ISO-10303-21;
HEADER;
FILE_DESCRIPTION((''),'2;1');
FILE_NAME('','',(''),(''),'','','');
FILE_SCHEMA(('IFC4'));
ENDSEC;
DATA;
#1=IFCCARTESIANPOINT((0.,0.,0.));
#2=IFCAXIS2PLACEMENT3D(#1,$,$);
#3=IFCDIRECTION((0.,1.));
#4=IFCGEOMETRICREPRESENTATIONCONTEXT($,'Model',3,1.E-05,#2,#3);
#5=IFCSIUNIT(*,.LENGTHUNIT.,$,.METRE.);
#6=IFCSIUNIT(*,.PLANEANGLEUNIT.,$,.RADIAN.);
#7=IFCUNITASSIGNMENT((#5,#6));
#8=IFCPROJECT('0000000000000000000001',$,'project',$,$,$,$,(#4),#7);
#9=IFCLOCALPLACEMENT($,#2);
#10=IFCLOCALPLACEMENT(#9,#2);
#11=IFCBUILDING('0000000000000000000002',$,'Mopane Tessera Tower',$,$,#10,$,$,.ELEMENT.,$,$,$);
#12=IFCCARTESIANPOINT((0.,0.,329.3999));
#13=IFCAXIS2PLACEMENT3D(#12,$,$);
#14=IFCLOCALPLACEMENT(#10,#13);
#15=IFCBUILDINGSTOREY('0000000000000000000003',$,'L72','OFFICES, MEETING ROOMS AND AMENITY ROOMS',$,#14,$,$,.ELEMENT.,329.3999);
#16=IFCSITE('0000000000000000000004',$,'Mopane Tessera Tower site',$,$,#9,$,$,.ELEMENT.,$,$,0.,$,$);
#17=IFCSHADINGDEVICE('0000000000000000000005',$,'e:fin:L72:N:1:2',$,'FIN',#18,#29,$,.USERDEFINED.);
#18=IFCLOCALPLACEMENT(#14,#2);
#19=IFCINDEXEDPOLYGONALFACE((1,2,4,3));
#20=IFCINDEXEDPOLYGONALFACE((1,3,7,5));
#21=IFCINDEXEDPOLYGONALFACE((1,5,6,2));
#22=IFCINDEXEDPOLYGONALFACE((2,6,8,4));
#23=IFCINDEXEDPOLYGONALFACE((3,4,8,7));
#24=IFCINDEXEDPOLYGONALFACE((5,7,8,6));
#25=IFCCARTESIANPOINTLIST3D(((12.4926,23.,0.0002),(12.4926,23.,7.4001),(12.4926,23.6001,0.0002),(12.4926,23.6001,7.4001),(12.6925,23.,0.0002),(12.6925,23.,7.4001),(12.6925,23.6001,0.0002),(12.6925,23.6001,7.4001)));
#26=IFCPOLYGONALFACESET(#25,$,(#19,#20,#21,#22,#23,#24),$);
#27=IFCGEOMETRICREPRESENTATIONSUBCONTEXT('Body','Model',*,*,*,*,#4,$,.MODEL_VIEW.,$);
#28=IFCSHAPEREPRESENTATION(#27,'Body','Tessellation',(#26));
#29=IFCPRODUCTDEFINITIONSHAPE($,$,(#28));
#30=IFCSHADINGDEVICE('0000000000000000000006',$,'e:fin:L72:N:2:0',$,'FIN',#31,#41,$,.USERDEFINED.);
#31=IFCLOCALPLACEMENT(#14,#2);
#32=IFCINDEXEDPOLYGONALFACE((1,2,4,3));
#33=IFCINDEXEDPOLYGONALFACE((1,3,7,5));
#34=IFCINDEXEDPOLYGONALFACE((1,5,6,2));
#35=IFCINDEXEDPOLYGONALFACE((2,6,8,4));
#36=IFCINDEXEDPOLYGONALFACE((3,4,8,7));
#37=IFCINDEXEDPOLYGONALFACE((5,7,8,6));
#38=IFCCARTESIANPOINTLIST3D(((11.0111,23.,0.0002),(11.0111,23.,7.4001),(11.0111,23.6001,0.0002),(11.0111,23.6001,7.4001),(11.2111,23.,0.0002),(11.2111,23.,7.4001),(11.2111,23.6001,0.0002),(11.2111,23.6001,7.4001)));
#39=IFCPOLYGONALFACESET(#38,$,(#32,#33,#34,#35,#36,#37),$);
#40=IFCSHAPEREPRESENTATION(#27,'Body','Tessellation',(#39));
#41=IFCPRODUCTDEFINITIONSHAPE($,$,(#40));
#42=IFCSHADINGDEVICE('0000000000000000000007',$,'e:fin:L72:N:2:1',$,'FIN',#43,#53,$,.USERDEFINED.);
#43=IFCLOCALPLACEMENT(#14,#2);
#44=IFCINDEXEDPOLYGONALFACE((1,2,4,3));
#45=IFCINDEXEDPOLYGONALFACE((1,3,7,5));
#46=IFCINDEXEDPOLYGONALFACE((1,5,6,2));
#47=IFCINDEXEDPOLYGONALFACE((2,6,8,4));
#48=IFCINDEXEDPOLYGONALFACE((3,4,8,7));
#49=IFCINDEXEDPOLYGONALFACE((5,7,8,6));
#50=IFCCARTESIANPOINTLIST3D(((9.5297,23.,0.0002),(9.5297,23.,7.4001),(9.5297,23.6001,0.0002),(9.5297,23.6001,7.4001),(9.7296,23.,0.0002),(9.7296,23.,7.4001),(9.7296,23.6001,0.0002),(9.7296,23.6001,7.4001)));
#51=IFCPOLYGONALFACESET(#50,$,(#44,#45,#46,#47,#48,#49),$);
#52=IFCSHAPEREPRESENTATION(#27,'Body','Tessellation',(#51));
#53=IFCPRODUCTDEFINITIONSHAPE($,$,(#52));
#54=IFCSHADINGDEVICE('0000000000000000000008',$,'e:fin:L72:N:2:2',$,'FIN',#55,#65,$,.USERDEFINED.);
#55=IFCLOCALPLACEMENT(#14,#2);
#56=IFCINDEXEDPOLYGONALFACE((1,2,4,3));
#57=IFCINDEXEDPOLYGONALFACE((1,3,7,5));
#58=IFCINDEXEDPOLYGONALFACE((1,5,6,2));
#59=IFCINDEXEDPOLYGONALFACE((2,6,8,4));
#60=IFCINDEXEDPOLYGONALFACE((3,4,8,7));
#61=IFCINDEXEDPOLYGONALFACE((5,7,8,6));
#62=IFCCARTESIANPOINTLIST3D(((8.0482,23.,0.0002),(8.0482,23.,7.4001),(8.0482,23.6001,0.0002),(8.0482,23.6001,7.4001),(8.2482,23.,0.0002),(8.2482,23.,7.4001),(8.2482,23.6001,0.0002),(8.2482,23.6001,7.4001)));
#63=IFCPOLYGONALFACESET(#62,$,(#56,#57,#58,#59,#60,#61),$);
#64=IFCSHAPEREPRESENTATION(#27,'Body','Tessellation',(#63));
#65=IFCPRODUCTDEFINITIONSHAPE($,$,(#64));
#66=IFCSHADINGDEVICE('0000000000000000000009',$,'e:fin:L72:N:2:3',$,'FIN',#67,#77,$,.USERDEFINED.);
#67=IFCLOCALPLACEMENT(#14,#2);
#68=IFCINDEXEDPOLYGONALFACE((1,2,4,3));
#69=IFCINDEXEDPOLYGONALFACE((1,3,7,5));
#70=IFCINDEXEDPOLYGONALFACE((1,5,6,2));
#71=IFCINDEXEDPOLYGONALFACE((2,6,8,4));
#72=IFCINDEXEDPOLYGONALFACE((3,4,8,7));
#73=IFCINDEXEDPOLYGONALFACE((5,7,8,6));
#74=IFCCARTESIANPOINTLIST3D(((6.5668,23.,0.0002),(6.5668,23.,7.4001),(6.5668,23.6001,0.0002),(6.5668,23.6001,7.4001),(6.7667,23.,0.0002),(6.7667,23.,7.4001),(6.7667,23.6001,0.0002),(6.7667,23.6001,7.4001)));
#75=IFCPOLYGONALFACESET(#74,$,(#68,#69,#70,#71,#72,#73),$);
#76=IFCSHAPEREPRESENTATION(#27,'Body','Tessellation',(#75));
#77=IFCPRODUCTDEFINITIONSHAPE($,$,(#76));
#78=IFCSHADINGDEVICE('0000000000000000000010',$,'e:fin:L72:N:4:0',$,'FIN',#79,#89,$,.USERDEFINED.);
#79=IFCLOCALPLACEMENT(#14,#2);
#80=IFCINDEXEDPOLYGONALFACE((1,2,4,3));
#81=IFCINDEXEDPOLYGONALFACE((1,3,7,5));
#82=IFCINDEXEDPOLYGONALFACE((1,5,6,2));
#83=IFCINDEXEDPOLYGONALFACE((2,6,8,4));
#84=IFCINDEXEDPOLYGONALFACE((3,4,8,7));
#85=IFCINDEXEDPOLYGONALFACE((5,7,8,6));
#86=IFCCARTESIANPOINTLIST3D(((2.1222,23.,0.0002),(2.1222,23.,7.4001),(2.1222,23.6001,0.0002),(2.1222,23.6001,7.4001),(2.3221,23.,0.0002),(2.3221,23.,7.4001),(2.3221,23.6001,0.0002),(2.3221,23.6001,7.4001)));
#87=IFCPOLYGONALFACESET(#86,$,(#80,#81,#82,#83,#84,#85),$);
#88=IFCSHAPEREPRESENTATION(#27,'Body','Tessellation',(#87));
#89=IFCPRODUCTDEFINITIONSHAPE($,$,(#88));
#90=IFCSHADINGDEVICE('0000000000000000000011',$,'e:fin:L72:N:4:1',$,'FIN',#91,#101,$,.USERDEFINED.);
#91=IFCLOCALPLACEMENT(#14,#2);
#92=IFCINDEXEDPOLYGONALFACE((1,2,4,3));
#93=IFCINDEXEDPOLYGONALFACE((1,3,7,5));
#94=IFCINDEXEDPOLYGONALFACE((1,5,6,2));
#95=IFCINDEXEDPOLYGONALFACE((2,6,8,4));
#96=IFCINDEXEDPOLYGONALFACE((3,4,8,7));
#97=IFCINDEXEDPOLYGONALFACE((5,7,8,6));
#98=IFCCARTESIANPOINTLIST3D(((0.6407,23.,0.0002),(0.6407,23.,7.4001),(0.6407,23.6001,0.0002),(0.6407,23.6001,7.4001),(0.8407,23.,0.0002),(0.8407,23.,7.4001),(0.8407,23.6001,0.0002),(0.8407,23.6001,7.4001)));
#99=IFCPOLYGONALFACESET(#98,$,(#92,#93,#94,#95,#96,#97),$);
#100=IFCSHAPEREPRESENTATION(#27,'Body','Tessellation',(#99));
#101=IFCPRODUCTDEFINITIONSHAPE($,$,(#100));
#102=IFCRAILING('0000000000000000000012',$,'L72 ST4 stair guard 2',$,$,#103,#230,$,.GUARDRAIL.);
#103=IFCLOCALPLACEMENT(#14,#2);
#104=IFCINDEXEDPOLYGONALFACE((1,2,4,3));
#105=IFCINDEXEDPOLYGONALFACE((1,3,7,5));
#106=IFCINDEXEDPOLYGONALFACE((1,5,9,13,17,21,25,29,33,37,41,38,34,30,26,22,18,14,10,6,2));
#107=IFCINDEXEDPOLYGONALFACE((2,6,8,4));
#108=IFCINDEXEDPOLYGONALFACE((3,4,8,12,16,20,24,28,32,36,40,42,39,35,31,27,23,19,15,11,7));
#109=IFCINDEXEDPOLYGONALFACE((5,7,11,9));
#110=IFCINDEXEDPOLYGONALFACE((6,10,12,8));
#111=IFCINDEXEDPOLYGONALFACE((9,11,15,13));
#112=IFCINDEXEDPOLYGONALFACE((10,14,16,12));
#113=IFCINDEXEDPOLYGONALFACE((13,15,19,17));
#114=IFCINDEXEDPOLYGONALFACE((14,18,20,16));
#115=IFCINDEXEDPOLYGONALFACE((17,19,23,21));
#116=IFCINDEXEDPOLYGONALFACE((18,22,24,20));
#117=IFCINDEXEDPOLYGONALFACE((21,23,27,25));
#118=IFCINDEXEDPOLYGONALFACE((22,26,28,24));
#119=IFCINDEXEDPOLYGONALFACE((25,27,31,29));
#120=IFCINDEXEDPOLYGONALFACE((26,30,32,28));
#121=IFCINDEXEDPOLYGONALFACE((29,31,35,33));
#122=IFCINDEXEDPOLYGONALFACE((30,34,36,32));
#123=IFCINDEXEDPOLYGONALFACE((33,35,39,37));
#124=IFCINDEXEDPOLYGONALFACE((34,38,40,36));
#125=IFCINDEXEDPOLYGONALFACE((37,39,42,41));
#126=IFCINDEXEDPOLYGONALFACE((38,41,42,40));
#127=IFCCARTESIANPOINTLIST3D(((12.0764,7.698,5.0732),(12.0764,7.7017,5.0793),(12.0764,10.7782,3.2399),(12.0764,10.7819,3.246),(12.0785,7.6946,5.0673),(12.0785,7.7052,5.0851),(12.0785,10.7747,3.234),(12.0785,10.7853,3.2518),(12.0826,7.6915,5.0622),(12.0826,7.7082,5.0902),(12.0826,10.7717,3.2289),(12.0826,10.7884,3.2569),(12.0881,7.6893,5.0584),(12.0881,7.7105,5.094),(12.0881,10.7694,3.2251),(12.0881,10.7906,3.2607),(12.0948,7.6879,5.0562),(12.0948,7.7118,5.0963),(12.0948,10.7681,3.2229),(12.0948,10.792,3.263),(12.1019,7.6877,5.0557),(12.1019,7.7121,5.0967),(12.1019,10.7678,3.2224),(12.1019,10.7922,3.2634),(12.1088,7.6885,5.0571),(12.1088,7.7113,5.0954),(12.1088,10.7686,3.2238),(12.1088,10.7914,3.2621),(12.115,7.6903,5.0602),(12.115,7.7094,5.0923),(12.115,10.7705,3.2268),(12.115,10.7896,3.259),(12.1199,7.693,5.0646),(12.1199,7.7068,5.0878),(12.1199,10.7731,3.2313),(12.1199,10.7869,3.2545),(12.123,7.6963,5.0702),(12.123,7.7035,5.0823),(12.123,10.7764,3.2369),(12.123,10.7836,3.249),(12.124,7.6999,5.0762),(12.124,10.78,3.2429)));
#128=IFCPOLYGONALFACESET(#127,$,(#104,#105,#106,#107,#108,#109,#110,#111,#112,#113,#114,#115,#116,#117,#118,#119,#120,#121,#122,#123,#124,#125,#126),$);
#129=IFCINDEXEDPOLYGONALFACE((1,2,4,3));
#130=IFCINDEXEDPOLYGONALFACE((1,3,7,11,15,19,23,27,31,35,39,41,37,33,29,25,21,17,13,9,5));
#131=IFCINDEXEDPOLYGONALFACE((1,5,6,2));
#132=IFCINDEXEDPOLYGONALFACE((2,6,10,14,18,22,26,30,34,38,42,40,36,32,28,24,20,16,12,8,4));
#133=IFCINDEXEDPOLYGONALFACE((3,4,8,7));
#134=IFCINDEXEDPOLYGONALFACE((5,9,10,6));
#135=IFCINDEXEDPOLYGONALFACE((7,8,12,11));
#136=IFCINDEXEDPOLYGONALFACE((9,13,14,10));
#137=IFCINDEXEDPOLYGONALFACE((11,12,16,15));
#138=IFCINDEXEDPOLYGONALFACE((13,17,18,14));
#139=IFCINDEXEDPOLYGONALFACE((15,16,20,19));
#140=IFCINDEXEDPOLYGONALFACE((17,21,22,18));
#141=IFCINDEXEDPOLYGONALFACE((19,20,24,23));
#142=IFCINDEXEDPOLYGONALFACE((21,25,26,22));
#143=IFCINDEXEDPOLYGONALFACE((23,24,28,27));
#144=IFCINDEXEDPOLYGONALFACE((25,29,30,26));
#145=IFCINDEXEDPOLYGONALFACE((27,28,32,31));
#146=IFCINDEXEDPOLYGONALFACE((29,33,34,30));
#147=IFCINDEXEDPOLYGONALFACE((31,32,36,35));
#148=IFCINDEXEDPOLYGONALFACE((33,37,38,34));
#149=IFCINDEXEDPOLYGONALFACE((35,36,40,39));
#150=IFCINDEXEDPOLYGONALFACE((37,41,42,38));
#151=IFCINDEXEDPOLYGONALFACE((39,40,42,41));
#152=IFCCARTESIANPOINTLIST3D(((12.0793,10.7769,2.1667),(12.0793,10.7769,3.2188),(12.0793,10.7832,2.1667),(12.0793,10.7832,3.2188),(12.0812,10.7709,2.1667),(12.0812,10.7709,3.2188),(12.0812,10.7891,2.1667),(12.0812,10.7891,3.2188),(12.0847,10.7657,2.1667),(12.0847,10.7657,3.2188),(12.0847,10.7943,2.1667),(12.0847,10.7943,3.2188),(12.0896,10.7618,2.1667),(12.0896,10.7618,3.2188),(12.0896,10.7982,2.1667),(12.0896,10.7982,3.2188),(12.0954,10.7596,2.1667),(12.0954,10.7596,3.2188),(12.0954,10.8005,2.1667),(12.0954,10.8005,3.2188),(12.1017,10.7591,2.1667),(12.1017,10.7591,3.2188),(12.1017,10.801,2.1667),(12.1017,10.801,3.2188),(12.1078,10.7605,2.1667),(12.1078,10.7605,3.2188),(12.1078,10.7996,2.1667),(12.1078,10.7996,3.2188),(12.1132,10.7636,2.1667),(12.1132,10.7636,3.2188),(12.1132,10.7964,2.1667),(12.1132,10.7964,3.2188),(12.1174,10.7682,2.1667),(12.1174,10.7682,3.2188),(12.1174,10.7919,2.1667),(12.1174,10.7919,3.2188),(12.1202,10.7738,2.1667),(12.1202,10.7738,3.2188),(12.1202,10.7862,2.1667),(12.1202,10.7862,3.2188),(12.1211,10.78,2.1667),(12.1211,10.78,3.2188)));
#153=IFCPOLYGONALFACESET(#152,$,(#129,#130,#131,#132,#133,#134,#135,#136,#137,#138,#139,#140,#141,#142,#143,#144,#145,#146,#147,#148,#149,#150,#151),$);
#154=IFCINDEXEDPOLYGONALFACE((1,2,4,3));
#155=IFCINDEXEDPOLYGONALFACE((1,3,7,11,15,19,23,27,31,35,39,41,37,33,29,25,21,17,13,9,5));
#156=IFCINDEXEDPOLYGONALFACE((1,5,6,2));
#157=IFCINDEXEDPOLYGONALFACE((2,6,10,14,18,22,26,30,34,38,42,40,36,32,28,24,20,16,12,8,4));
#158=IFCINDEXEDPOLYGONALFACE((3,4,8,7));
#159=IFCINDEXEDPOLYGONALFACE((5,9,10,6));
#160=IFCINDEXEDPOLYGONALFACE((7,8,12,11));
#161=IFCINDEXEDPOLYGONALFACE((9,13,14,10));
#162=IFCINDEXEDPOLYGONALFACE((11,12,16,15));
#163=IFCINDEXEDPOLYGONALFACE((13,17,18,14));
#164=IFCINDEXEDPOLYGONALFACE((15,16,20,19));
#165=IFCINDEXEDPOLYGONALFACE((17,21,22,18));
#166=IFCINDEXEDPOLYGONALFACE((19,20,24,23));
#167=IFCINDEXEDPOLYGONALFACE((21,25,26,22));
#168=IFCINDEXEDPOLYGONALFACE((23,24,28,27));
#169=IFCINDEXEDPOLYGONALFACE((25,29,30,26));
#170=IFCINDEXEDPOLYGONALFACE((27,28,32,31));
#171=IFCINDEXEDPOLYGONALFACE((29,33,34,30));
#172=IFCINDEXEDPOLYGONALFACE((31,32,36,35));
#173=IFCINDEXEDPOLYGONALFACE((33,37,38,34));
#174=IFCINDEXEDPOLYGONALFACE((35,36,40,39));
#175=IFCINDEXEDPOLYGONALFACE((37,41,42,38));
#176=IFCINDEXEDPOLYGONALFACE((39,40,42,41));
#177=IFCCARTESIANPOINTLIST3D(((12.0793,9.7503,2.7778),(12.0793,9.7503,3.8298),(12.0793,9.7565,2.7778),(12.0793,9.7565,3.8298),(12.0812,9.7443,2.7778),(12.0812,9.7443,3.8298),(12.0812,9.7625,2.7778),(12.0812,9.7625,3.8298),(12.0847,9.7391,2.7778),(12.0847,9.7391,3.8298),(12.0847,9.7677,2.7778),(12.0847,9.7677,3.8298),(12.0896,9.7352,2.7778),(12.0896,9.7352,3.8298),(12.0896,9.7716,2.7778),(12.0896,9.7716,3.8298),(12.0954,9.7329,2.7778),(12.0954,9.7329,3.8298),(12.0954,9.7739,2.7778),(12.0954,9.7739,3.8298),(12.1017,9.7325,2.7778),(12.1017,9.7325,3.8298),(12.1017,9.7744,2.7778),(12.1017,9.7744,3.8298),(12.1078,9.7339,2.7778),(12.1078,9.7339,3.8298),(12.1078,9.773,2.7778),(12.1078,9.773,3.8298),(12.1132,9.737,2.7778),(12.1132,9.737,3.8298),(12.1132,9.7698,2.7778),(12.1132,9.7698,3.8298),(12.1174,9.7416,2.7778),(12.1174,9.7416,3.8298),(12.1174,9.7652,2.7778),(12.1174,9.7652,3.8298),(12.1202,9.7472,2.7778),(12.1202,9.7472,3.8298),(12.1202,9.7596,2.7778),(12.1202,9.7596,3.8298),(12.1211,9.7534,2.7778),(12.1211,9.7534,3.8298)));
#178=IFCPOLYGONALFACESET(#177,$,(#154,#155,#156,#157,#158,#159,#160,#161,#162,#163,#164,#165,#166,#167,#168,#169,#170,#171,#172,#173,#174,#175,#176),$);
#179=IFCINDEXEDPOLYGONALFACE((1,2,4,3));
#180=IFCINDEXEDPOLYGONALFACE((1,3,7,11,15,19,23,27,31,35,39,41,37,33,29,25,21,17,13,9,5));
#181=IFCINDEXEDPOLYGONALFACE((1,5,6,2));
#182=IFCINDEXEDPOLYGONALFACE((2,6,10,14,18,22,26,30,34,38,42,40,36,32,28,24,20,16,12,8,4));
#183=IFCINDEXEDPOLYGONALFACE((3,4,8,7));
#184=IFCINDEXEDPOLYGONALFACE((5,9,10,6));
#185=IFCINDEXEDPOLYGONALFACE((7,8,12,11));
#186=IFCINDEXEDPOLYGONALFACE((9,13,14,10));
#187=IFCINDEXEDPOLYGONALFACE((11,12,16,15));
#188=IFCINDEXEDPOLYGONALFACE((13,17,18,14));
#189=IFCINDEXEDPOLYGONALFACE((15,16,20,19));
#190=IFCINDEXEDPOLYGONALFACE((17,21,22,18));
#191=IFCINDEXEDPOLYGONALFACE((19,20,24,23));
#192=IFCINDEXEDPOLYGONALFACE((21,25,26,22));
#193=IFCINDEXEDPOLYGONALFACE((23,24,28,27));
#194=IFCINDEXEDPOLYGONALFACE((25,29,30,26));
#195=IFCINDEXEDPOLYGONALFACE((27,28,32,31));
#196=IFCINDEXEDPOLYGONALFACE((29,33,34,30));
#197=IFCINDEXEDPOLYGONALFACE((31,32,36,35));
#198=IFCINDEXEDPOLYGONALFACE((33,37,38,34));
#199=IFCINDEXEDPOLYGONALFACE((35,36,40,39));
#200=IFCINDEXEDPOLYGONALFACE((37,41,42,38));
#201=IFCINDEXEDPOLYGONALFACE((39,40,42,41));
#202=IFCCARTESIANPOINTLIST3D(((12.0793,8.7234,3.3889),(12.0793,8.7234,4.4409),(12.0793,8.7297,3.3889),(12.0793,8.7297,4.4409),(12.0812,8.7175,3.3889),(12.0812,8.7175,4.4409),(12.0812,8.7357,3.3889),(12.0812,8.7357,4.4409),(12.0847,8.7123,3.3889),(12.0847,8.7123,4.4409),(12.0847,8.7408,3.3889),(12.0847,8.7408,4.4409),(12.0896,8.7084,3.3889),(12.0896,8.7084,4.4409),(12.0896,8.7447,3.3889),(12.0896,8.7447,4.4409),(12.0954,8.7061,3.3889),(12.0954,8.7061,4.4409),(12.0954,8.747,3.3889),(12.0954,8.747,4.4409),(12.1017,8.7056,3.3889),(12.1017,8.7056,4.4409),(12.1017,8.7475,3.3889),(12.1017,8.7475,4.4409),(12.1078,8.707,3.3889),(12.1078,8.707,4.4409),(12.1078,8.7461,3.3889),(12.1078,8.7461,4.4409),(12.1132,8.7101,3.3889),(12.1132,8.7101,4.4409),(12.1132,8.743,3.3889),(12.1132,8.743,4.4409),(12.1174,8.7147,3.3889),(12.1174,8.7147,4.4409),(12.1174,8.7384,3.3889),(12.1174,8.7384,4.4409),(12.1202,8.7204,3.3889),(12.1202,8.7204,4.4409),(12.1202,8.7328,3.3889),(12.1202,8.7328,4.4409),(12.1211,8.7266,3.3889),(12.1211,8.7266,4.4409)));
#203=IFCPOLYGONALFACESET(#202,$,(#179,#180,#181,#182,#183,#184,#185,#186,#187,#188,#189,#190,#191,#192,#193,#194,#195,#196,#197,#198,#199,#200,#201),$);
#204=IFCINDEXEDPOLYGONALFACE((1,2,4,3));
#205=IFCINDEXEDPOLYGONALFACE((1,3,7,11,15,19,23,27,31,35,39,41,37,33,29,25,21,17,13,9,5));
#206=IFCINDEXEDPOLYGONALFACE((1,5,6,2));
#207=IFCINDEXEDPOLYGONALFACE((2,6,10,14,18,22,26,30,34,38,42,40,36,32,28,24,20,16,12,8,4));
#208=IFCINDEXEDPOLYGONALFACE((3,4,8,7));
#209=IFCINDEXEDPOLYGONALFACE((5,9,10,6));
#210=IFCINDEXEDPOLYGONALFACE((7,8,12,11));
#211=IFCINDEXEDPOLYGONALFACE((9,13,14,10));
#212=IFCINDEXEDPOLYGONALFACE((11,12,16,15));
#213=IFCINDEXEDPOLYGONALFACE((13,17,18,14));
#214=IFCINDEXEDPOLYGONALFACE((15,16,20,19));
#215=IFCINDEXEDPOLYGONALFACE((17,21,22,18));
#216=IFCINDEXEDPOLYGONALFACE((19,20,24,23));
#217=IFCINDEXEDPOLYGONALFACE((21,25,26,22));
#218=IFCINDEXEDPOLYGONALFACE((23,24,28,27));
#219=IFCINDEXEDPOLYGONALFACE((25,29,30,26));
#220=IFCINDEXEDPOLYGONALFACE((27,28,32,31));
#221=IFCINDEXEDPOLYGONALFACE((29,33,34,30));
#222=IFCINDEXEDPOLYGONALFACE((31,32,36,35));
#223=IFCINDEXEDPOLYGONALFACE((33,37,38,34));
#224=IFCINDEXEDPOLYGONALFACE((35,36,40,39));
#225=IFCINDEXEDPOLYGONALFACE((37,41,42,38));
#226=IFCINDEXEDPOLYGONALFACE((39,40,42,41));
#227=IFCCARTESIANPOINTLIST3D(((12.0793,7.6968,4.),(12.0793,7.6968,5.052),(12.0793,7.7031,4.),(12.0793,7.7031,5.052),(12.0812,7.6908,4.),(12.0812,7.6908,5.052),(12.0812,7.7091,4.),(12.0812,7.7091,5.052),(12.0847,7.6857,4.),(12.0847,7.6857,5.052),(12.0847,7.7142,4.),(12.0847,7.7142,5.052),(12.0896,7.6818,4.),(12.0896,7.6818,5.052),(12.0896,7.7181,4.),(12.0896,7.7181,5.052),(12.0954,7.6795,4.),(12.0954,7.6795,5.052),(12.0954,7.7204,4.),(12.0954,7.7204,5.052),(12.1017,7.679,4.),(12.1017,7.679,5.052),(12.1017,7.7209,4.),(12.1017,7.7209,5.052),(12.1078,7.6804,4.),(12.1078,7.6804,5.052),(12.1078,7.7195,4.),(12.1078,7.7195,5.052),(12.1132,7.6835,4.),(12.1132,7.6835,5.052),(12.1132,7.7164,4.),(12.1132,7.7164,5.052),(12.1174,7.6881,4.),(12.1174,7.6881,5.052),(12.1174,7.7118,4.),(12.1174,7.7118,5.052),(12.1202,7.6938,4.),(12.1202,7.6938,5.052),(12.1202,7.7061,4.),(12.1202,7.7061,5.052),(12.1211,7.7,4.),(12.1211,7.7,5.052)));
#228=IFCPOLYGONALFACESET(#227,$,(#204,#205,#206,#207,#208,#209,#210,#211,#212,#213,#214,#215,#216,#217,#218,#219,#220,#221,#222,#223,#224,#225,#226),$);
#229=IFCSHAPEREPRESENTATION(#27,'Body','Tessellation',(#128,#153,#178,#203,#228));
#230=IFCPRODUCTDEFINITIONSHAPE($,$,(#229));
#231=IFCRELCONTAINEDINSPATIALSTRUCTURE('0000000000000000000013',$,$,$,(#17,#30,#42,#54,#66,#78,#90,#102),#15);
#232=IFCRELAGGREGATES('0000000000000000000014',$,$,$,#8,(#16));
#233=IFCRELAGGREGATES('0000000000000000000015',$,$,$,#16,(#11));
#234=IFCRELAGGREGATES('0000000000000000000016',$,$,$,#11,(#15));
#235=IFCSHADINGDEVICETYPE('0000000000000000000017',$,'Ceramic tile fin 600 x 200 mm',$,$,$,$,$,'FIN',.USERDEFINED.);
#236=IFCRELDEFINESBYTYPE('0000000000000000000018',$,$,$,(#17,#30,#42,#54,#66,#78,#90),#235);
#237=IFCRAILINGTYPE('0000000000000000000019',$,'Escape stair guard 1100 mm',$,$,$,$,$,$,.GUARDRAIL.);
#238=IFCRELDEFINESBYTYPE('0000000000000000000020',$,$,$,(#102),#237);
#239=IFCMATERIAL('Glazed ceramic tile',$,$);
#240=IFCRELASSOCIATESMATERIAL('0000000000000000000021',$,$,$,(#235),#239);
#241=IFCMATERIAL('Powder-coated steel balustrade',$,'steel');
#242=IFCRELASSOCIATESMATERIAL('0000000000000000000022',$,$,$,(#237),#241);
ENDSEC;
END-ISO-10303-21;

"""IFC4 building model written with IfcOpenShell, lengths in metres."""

from ifc_helpers import new_model, si_unit, direction, frame, origin, origin_2d, place, context, subcontext, project, spatial, rectangle, circle, extrude, material, type_object, element, save


model = new_model("IFC4")

# Units and contexts
model_context = context("Model", 3, precision=1e-05, world=origin(), true_north=direction((0.0, 1.0)))
body_context = subcontext(model_context, "Body", "Model", "MODEL_VIEW")
ifc_project = project(units=[si_unit("LENGTHUNIT", "METRE"), si_unit("PLANEANGLEUNIT", "RADIAN")], contexts=[model_context])

# Site, building, storey
site_placement = place(None, origin())
site = spatial("IfcSite", under=ifc_project, at=site_placement, Name="Mopane Tessera Tower site", CompositionType="ELEMENT", RefElevation=0.0)
building_placement = place(site_placement, origin())
building = spatial("IfcBuilding", under=site, at=building_placement, Name="Mopane Tessera Tower", CompositionType="ELEMENT")
storey_placement = place(building_placement, frame((0.0, 0.0, 329.3999)))
storey = spatial("IfcBuildingStorey", under=building, at=storey_placement, Name="L72", Description="OFFICES, MEETING ROOMS AND AMENITY ROOMS", CompositionType="ELEMENT", Elevation=329.3999)

# Shading devices
ifc_material_1 = material(Name="Glazed ceramic tile")
shading_device_type = type_object("IfcShadingDeviceType", Name="Ceramic tile fin 600 x 200 mm", ElementType="FIN", PredefinedType="USERDEFINED", material=ifc_material_1)
for number, where, z_axis, x_axis, name in (
    (1, (12.5925, 23.3, 0.0002), (0.0, 0.0, 1.0), (-1.0, 0.0, 0.0), "e:fin:L72:N:1:2"),
    (2, (11.1111, 23.3, 0.0002), (0.0, 0.0, 1.0), (-1.0, 0.0, 0.0), "e:fin:L72:N:2:0"),
    (3, (9.6296, 23.3, 0.0002), (0.0, 0.0, 1.0), (-1.0, 0.0, 0.0), "e:fin:L72:N:2:1"),
    (4, (8.1482, 23.3, 0.0002), (0.0, 0.0, 1.0), (-1.0, 0.0, 0.0), "e:fin:L72:N:2:2"),
    (5, (6.6667, 23.3, 0.0002), (0.0, 0.0, 1.0), (-1.0, 0.0, 0.0), "e:fin:L72:N:2:3"),
    (6, (2.2222, 23.3, 0.0002), (0.0, 0.0, 1.0), (-1.0, 0.0, 0.0), "e:fin:L72:N:4:0"),
    (7, (0.7407, 23.3, 0.0002), (0.0, 0.0, 1.0), (-1.0, 0.0, 0.0), "e:fin:L72:N:4:1"),
):
    element("IfcShadingDevice", number, at=place(storey_placement, frame(where, z_axis=z_axis, x_axis=x_axis)), inside=storey, type_object=shading_device_type, Name=name, ObjectType="FIN", PredefinedType="USERDEFINED", context=body_context, shape_type="SweptSolid", body=[
        extrude(rectangle(XDim=0.2, YDim=0.6001, at=origin_2d()), origin(), (0.0, 0.0, 1.0), 7.3999),
    ])

# Railing
ifc_material_2 = material(Name="Powder-coated steel balustrade", Category="steel")
railing_type_1 = type_object("IfcRailingType", Name="Escape stair guard 1100 mm", PredefinedType="GUARDRAIL", material=ifc_material_2)
railing_1_placement = place(storey_placement, frame((12.1001, 10.78, 2.1667)))
element("IfcRailing", 8, at=railing_1_placement, inside=storey, type_object=railing_type_1, Name="L72 ST4 stair guard 2", PredefinedType="GUARDRAIL", context=body_context, shape_type="SweptSolid", body=[
    extrude(circle(Radius=0.0239, at=origin_2d()), frame((0.0, 0.0, 1.0762), z_axis=(0.0, -0.859309, 0.511458), x_axis=(1.0, 0.0, 0.0)), (0.0, 0.0, 1.0), 3.5845),
    extrude(circle(Radius=0.021, at=origin_2d()), origin(), (0.0, 0.0, 1.0), 1.052),
    extrude(circle(Radius=0.021, at=origin_2d()), frame((0.0, -1.0266, 0.6111)), (0.0, 0.0, 1.0), 1.052),
    extrude(circle(Radius=0.021, at=origin_2d()), frame((0.0, -2.0535, 1.2222)), (0.0, 0.0, 1.0), 1.052),
    extrude(circle(Radius=0.021, at=origin_2d()), frame((0.0, -3.0801, 1.8333)), (0.0, 0.0, 1.0), 1.052),
])

save(model, "model.ifc")
